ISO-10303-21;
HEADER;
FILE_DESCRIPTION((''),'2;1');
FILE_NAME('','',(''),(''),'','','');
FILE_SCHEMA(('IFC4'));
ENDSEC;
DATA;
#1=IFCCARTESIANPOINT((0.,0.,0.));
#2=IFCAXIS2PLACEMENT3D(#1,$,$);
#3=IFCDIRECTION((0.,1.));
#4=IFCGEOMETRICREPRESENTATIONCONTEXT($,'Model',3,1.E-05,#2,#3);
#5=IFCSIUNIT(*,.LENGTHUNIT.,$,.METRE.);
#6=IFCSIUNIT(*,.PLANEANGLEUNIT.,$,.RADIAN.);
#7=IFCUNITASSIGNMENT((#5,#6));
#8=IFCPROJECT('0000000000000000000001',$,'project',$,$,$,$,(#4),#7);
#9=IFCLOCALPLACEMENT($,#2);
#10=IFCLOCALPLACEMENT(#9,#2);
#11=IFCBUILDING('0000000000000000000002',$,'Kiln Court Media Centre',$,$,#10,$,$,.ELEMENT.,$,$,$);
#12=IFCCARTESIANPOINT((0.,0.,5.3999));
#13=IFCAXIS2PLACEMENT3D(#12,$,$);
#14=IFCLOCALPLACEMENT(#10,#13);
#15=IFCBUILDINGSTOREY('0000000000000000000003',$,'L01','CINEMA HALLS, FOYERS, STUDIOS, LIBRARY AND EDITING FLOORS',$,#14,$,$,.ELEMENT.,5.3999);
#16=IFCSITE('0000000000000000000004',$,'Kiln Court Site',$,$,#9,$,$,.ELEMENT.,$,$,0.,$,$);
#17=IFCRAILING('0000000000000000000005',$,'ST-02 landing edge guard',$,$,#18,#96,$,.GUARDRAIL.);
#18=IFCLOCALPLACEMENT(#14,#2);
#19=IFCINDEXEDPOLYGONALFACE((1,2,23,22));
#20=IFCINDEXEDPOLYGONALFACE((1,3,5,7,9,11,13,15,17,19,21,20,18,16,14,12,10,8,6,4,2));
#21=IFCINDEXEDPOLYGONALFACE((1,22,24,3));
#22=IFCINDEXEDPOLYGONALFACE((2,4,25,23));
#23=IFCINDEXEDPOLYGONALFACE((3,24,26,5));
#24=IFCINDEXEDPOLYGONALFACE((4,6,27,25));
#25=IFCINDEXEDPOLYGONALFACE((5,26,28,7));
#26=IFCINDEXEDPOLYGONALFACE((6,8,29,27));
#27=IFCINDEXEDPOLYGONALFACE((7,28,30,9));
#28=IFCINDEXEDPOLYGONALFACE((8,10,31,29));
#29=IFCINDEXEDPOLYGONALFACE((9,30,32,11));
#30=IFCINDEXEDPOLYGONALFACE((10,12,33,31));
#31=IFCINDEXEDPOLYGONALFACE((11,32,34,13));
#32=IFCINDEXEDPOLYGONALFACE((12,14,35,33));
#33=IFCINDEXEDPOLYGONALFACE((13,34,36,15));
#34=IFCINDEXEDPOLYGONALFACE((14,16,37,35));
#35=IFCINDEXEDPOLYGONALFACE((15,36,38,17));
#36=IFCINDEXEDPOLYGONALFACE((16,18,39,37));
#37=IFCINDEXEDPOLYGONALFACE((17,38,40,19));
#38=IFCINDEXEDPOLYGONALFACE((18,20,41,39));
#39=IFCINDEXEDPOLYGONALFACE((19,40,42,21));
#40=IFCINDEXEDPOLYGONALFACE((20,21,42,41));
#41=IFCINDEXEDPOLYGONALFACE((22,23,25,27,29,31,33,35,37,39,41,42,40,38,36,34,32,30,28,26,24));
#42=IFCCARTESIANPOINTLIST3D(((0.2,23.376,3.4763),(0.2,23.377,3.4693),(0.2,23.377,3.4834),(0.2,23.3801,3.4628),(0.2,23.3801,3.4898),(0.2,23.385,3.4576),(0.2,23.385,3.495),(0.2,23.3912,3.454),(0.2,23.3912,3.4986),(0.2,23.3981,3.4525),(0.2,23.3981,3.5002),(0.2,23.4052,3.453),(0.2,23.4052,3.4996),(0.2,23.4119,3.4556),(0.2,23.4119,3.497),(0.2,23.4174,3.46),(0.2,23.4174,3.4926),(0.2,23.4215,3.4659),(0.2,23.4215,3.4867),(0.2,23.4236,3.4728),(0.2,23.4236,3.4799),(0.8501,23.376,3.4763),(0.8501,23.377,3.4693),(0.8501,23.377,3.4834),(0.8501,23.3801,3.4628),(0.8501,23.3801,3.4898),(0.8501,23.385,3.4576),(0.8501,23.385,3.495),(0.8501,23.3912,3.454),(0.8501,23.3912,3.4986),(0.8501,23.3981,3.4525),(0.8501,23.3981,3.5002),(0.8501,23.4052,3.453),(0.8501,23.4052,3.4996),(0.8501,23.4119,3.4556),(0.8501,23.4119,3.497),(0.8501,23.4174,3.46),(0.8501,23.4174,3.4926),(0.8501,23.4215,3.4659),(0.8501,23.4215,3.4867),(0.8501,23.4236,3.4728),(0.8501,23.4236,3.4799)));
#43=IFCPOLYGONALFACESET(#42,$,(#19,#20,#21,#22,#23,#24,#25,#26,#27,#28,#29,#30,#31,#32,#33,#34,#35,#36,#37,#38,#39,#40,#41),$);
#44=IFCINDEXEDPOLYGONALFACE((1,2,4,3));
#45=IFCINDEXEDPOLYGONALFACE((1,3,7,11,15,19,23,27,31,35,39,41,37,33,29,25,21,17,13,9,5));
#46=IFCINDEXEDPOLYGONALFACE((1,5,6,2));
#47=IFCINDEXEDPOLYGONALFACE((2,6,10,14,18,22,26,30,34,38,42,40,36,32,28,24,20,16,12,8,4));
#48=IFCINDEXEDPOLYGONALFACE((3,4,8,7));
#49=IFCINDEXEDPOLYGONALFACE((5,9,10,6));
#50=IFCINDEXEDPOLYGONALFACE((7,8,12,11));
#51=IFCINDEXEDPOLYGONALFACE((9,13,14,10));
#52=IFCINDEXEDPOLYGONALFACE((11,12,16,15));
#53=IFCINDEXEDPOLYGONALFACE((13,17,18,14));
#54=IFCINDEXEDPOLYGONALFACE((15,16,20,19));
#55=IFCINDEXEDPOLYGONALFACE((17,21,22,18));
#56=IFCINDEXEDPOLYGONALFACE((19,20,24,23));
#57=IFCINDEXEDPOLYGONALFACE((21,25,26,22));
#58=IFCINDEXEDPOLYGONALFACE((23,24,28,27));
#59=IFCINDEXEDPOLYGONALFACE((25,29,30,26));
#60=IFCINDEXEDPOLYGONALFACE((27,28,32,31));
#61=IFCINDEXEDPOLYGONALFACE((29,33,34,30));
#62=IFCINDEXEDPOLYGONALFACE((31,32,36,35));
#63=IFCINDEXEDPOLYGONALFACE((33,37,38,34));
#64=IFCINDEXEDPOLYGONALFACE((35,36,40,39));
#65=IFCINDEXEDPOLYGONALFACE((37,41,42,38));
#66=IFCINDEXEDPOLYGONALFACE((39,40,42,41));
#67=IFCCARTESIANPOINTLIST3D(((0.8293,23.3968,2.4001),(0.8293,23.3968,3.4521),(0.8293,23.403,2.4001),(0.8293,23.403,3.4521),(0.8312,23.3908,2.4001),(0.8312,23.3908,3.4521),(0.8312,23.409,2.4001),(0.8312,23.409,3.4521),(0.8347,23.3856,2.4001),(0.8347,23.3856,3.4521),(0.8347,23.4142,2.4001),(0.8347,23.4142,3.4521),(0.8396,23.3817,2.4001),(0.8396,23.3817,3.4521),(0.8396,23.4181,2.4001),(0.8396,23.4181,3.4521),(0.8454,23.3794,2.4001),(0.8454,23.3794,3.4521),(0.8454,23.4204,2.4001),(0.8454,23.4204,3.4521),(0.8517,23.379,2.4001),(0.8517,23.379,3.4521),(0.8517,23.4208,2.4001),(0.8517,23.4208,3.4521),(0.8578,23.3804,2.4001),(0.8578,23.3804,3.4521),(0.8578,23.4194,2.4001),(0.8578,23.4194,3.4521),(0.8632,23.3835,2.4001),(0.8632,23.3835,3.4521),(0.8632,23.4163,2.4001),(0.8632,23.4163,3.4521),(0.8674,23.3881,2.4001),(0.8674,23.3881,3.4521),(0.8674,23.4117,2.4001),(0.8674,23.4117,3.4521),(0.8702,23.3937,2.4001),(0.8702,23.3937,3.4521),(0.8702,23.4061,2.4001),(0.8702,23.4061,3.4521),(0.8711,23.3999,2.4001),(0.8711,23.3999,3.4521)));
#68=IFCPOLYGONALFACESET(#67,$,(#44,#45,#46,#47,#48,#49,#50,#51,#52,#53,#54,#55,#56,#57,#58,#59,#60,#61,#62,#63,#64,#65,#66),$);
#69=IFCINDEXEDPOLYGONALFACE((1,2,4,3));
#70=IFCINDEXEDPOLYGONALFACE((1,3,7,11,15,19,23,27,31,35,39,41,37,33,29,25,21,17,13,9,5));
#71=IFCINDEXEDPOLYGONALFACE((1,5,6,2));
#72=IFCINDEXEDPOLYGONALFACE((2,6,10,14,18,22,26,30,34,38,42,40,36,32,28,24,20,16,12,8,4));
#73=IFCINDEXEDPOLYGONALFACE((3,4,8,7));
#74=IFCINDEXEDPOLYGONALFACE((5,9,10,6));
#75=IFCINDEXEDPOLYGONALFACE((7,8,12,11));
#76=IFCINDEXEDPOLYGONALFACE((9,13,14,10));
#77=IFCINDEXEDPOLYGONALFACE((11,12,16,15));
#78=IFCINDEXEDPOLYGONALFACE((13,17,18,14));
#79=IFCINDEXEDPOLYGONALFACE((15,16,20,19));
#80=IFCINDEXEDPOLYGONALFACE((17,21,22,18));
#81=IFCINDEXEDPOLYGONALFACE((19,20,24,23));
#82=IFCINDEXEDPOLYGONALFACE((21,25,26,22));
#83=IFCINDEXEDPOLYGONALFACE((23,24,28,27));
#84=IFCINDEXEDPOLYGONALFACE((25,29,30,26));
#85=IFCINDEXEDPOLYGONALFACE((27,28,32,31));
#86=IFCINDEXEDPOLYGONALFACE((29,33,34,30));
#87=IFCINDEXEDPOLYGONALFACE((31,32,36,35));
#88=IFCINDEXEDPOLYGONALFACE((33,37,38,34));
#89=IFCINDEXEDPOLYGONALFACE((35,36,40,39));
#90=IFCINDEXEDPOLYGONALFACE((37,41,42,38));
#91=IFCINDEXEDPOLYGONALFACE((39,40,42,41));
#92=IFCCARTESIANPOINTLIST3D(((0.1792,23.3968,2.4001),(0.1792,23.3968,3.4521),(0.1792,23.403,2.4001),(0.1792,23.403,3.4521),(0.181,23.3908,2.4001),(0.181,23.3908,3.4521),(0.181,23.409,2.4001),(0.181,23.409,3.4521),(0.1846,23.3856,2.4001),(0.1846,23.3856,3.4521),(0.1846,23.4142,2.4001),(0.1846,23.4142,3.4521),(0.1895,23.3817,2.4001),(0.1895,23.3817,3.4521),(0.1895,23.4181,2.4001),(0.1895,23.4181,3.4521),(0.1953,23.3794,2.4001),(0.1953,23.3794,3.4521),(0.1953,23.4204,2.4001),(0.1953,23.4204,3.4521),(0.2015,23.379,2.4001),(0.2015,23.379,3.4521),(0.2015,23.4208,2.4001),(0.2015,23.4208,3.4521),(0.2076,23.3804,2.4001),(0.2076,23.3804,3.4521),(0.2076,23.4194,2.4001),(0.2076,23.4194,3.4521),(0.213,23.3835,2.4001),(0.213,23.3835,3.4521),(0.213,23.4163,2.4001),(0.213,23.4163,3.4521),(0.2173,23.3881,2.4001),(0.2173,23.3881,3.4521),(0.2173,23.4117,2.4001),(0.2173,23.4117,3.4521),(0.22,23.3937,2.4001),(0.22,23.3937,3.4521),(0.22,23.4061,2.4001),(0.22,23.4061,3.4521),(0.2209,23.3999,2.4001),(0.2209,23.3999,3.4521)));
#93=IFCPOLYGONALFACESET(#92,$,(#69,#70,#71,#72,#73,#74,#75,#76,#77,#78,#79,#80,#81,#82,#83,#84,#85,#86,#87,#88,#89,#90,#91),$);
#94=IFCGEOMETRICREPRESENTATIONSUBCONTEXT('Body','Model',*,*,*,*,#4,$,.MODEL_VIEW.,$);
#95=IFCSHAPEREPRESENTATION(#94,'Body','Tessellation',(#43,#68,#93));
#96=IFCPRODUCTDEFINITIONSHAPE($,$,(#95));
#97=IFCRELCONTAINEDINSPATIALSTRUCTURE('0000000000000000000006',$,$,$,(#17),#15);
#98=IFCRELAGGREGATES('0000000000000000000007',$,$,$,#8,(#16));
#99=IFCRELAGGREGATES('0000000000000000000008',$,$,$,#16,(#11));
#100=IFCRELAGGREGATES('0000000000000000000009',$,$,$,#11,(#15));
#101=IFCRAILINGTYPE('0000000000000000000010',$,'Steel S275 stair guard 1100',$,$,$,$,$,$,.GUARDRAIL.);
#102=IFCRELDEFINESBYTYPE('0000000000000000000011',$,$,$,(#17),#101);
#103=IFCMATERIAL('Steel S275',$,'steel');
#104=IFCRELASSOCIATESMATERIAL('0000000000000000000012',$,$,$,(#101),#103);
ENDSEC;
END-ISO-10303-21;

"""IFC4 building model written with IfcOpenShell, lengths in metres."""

from ifc_helpers import new_model, si_unit, direction, frame, origin, origin_2d, place, context, subcontext, project, spatial, circle, extrude, material, type_object, element, save


model = new_model("IFC4")

# Units and contexts
model_context = context("Model", 3, precision=1e-05, world=origin(), true_north=direction((0.0, 1.0)))
body_context = subcontext(model_context, "Body", "Model", "MODEL_VIEW")
ifc_project = project(units=[si_unit("LENGTHUNIT", "METRE"), si_unit("PLANEANGLEUNIT", "RADIAN")], contexts=[model_context])

# Site, building, storey
site_placement = place(None, origin())
site = spatial("IfcSite", under=ifc_project, at=site_placement, Name="Kiln Court Site", CompositionType="ELEMENT", RefElevation=0.0)
building_placement = place(site_placement, origin())
building = spatial("IfcBuilding", under=site, at=building_placement, Name="Kiln Court Media Centre", CompositionType="ELEMENT")
storey_placement = place(building_placement, frame((0.0, 0.0, 5.3999)))
storey = spatial("IfcBuildingStorey", under=building, at=storey_placement, Name="L01", Description="CINEMA HALLS, FOYERS, STUDIOS, LIBRARY AND EDITING FLOORS", CompositionType="ELEMENT", Elevation=5.3999)

# Railing
ifc_material_1 = material(Name="Steel S275", Category="steel")
railing_type_1 = type_object("IfcRailingType", Name="Steel S275 stair guard 1100", PredefinedType="GUARDRAIL", material=ifc_material_1)
railing_1_placement = place(storey_placement, frame((0.8501, 23.3999, 2.4001)))
element("IfcRailing", 1, at=railing_1_placement, inside=storey, type_object=railing_type_1, Name="ST-02 landing edge guard", PredefinedType="GUARDRAIL", context=body_context, shape_type="SweptSolid", body=[
    extrude(circle(Radius=0.0239, at=origin_2d()), frame((0.0, 0.0, 1.0762), z_axis=(-1.0, 0.0, 0.0), x_axis=(0.0, -1.0, 0.0)), (0.0, 0.0, 1.0), 0.6501),
    extrude(circle(Radius=0.021, at=origin_2d()), origin(), (0.0, 0.0, 1.0), 1.052),
    extrude(circle(Radius=0.021, at=origin_2d()), frame((-0.6501, 0.0, 0.0)), (0.0, 0.0, 1.0), 1.052),
])

save(model, "model.ifc")
